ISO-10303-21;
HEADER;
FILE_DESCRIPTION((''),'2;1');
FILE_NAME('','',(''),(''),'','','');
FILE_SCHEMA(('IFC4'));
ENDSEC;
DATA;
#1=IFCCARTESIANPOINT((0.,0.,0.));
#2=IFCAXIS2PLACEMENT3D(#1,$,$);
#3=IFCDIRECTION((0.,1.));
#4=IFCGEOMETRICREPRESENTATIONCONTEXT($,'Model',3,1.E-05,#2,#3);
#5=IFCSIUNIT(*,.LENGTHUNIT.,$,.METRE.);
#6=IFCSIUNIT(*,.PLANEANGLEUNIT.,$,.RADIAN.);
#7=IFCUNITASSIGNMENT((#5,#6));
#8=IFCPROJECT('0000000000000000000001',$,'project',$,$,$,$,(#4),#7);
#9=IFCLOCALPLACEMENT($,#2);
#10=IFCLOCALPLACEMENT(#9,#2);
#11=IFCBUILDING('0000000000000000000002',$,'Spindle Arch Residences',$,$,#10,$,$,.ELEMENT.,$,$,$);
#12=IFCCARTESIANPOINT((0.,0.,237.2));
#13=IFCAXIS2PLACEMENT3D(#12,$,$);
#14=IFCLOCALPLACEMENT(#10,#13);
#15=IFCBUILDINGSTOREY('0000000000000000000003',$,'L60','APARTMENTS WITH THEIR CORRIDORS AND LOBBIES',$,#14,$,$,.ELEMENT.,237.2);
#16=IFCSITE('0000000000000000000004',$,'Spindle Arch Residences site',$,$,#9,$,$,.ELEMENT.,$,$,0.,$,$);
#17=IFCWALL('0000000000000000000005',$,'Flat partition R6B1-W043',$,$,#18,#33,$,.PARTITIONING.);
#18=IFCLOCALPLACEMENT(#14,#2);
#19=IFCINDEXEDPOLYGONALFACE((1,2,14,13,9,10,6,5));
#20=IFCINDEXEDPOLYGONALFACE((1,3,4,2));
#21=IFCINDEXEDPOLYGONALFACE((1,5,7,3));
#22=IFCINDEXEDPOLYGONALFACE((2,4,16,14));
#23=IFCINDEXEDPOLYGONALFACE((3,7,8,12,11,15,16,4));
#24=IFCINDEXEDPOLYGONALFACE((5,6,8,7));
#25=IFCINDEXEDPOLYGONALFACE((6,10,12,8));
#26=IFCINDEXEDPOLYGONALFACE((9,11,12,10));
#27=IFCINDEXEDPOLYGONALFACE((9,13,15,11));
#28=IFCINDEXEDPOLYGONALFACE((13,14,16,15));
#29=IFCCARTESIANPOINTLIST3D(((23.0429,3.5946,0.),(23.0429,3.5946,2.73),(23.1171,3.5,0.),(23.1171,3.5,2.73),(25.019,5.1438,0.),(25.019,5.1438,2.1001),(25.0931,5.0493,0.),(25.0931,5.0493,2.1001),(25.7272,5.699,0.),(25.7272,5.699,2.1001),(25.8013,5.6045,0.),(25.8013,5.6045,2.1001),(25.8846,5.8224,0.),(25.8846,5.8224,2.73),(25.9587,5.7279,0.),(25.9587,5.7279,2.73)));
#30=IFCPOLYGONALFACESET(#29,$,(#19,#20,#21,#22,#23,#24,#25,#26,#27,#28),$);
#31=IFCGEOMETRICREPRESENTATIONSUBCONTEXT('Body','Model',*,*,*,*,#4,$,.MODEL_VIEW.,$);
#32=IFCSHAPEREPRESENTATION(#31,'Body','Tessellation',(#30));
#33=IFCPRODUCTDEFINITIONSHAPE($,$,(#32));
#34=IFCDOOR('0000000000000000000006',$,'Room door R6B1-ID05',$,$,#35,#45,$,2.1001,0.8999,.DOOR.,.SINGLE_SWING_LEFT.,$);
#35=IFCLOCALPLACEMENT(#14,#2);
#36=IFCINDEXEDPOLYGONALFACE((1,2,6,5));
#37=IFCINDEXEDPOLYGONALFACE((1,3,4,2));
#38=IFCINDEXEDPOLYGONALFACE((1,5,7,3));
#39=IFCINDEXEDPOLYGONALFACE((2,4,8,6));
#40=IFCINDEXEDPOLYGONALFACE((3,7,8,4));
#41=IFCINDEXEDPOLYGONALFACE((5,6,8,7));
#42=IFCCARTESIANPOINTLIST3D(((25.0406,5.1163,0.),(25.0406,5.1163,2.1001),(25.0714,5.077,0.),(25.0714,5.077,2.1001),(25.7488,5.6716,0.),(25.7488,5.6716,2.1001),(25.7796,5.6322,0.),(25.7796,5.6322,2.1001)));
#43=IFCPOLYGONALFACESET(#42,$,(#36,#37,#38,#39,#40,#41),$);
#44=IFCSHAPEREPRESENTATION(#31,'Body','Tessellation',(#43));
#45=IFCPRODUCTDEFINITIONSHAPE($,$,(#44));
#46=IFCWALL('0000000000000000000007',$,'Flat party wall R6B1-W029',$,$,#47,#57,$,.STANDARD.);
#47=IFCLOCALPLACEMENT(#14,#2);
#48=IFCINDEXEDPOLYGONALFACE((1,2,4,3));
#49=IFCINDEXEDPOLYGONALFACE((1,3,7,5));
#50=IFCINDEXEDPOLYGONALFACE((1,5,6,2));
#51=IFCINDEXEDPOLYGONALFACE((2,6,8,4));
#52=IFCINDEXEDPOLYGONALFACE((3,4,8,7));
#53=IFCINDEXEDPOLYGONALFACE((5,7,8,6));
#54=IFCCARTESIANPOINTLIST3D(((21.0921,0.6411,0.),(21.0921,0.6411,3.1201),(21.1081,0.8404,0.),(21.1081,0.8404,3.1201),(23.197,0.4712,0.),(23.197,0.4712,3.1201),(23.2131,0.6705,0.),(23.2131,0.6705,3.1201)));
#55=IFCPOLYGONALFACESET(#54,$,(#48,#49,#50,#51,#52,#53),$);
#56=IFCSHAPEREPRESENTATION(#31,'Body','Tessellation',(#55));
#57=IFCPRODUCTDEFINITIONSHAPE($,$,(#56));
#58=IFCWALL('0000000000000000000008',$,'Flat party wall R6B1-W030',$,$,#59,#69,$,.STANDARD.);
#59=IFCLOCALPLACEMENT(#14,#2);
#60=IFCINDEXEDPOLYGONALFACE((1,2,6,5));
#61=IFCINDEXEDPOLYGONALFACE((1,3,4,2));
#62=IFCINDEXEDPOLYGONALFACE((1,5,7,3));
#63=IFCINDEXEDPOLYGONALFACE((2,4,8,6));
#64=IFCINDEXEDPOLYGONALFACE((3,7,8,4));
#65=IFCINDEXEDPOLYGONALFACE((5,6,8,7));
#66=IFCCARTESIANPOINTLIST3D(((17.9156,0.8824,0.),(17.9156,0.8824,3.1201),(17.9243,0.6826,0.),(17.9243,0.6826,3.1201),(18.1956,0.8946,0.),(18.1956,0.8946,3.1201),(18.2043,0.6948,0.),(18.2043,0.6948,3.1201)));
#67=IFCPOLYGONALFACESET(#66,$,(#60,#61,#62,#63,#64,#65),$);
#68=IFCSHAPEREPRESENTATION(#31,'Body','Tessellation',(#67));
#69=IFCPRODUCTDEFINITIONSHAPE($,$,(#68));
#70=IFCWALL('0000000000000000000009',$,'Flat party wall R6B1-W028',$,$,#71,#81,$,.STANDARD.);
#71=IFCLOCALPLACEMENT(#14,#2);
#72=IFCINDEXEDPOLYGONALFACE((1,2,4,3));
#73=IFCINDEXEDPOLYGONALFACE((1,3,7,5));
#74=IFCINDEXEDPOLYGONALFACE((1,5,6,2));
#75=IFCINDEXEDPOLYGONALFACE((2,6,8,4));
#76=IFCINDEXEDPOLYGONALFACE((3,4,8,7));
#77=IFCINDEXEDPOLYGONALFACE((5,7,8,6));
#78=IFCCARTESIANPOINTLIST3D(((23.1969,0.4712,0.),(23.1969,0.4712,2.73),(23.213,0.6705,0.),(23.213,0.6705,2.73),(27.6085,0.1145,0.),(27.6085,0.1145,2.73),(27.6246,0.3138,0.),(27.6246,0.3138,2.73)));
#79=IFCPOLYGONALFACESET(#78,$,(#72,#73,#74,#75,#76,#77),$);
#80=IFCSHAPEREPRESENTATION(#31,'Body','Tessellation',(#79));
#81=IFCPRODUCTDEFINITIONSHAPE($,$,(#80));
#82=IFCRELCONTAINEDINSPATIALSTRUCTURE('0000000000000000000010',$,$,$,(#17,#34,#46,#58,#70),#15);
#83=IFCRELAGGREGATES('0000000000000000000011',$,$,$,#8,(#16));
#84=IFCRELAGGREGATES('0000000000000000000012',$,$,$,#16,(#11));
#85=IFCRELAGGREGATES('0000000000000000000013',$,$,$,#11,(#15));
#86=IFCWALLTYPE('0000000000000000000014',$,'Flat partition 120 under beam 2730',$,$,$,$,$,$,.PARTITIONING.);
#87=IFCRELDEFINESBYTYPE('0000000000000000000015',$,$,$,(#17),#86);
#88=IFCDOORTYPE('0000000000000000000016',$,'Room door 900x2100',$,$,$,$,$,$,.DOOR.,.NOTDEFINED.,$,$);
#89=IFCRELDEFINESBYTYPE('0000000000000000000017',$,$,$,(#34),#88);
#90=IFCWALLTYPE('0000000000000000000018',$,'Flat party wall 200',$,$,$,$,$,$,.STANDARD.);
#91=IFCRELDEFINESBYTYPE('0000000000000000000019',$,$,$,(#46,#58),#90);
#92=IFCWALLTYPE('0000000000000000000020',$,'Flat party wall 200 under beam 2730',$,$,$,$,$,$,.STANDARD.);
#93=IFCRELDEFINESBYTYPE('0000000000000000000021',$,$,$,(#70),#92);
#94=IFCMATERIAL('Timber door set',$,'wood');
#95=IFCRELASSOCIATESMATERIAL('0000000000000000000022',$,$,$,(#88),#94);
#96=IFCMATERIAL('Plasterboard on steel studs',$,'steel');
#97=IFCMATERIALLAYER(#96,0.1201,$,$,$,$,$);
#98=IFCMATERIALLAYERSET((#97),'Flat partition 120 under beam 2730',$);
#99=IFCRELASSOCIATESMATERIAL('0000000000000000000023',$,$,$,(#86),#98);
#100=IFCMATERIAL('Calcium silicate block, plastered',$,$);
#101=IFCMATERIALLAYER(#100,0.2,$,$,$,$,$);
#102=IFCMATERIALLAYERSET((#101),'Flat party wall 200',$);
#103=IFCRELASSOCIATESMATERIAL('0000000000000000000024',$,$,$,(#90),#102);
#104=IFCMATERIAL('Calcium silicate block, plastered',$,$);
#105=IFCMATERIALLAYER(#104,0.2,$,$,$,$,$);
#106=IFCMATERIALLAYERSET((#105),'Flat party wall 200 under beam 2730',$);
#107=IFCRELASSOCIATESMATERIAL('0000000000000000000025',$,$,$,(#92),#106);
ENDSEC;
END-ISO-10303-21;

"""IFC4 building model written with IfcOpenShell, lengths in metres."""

from ifc_helpers import new_model, si_unit, direction, frame, frame_2d, origin, place, context, subcontext, project, spatial, rectangle, extrude, material, layer, layer_set, type_object, element, fill, save


model = new_model("IFC4")

# Units and contexts
model_context = context("Model", 3, precision=1e-05, world=origin(), true_north=direction((0.0, 1.0)))
body_context = subcontext(model_context, "Body", "Model", "MODEL_VIEW")
ifc_project = project(units=[si_unit("LENGTHUNIT", "METRE"), si_unit("PLANEANGLEUNIT", "RADIAN")], contexts=[model_context])

# Site, building, storey
site_placement = place(None, origin())
site = spatial("IfcSite", under=ifc_project, at=site_placement, Name="Spindle Arch Residences site", CompositionType="ELEMENT", RefElevation=0.0)
building_placement = place(site_placement, origin())
building = spatial("IfcBuilding", under=site, at=building_placement, Name="Spindle Arch Residences", CompositionType="ELEMENT")
storey_placement = place(building_placement, frame((0.0, 0.0, 237.2)))
storey = spatial("IfcBuildingStorey", under=building, at=storey_placement, Name="L60", Description="APARTMENTS WITH THEIR CORRIDORS AND LOBBIES", CompositionType="ELEMENT", Elevation=237.2)

# Shared definitions
ifc_material_1 = material(Name="Timber door set", Category="wood")
door_type_1 = type_object("IfcDoorType", Name="Room door 900x2100", OperationType="NOTDEFINED", PredefinedType="DOOR", material=ifc_material_1)

# Wall, opening, door
ifc_material_2 = material(Name="Plasterboard on steel studs", Category="steel")
ifc_layer_1 = layer(ifc_material_2, 0.1201)
ifc_layer_set_1 = layer_set([ifc_layer_1], Name="Flat partition 120 under beam 2730")
wall_type_1 = type_object("IfcWallType", Name="Flat partition 120 under beam 2730", PredefinedType="PARTITIONING", material=ifc_layer_set_1)
wall_1_placement = place(storey_placement, frame((25.9216, 5.7751, 0.0), z_axis=(0.0, 0.0, 1.0), x_axis=(-0.786973, -0.616988, 0.0)))
wall_1 = element("IfcWall", 1, at=wall_1_placement, inside=storey, type_object=wall_type_1, Name="Flat partition R6B1-W043", PredefinedType="PARTITIONING", context=body_context, shape_type="SweptSolid", body=[
    extrude(rectangle(XDim=3.6108, YDim=0.1201, at=frame_2d((1.8054, 0.0))), origin(), (0.0, 0.0, 1.0), 2.73),
])
opening_1_placement = place(wall_1_placement, frame((0.2, 0.0, 0.0)))
opening_1 = element("IfcOpeningElement", 2, at=opening_1_placement, cuts=wall_1, PredefinedType="OPENING", context=body_context, shape_type="SweptSolid", body=[
    extrude(rectangle(XDim=0.8999, YDim=2.1001, at=frame_2d((0.45, 1.05))), frame((0.0, 0.0701, 0.0), z_axis=(0.0, -1.0, 0.0), x_axis=(1.0, 0.0, 0.0)), (0.0, 0.0, 1.0), 0.1401),
])
door_1_placement = place(opening_1_placement, origin())
door_1 = element("IfcDoor", 3, at=door_1_placement, inside=storey, type_object=door_type_1, Name="Room door R6B1-ID05", OperationType="SINGLE_SWING_LEFT", OverallHeight=2.1001, OverallWidth=0.8999, PredefinedType="DOOR", context=body_context, shape_type="SweptSolid", body=[
    extrude(rectangle(XDim=0.8999, YDim=2.1001, at=frame_2d((0.45, 1.05))), frame((0.0, 0.0249, 0.0), z_axis=(0.0, -1.0, 0.0), x_axis=(1.0, 0.0, 0.0)), (0.0, 0.0, 1.0), 0.05),
])
fill(opening_1, door_1)

# Walls
ifc_material_3 = material(Name="Calcium silicate block, plastered")
ifc_layer_2 = layer(ifc_material_3, 0.2)
ifc_layer_set_2 = layer_set([ifc_layer_2], Name="Flat party wall 200")
wall_type_2 = type_object("IfcWallType", Name="Flat party wall 200", PredefinedType="STANDARD", material=ifc_layer_set_2)
wall_2_placement = place(storey_placement, frame((21.1001, 0.7407, 0.0), z_axis=(0.0, 0.0, 1.0), x_axis=(0.996758, -0.080462, 0.0)))
element("IfcWall", 4, at=wall_2_placement, inside=storey, type_object=wall_type_2, Name="Flat party wall R6B1-W029", PredefinedType="STANDARD", context=body_context, shape_type="SweptSolid", body=[
    extrude(rectangle(XDim=2.1118, YDim=0.2, at=frame_2d((1.0559, 0.0))), origin(), (0.0, 0.0, 1.0), 3.1201),
])
wall_3_placement = place(storey_placement, frame((17.9199, 0.7825, 0.0), z_axis=(0.0, 0.0, 1.0), x_axis=(0.999051, 0.043551, 0.0)))
element("IfcWall", 5, at=wall_3_placement, inside=storey, type_object=wall_type_2, Name="Flat party wall R6B1-W030", PredefinedType="STANDARD", context=body_context, shape_type="SweptSolid", body=[
    extrude(rectangle(XDim=0.2803, YDim=0.2, at=frame_2d((0.1401, 0.0))), origin(), (0.0, 0.0, 1.0), 3.1201),
])
ifc_material_4 = material(Name="Calcium silicate block, plastered")
ifc_layer_3 = layer(ifc_material_4, 0.2)
ifc_layer_set_3 = layer_set([ifc_layer_3], Name="Flat party wall 200 under beam 2730")
wall_type_3 = type_object("IfcWallType", Name="Flat party wall 200 under beam 2730", PredefinedType="STANDARD", material=ifc_layer_set_3)
wall_4_placement = place(storey_placement, frame((23.2051, 0.5708, 0.0), z_axis=(0.0, 0.0, 1.0), x_axis=(0.996747, -0.080589, 0.0)))
element("IfcWall", 6, at=wall_4_placement, inside=storey, type_object=wall_type_3, Name="Flat party wall R6B1-W028", PredefinedType="STANDARD", context=body_context, shape_type="SweptSolid", body=[
    extrude(rectangle(XDim=4.426, YDim=0.2, at=frame_2d((2.2129, 0.0))), origin(), (0.0, 0.0, 1.0), 2.73),
])

save(model, "model.ifc")
